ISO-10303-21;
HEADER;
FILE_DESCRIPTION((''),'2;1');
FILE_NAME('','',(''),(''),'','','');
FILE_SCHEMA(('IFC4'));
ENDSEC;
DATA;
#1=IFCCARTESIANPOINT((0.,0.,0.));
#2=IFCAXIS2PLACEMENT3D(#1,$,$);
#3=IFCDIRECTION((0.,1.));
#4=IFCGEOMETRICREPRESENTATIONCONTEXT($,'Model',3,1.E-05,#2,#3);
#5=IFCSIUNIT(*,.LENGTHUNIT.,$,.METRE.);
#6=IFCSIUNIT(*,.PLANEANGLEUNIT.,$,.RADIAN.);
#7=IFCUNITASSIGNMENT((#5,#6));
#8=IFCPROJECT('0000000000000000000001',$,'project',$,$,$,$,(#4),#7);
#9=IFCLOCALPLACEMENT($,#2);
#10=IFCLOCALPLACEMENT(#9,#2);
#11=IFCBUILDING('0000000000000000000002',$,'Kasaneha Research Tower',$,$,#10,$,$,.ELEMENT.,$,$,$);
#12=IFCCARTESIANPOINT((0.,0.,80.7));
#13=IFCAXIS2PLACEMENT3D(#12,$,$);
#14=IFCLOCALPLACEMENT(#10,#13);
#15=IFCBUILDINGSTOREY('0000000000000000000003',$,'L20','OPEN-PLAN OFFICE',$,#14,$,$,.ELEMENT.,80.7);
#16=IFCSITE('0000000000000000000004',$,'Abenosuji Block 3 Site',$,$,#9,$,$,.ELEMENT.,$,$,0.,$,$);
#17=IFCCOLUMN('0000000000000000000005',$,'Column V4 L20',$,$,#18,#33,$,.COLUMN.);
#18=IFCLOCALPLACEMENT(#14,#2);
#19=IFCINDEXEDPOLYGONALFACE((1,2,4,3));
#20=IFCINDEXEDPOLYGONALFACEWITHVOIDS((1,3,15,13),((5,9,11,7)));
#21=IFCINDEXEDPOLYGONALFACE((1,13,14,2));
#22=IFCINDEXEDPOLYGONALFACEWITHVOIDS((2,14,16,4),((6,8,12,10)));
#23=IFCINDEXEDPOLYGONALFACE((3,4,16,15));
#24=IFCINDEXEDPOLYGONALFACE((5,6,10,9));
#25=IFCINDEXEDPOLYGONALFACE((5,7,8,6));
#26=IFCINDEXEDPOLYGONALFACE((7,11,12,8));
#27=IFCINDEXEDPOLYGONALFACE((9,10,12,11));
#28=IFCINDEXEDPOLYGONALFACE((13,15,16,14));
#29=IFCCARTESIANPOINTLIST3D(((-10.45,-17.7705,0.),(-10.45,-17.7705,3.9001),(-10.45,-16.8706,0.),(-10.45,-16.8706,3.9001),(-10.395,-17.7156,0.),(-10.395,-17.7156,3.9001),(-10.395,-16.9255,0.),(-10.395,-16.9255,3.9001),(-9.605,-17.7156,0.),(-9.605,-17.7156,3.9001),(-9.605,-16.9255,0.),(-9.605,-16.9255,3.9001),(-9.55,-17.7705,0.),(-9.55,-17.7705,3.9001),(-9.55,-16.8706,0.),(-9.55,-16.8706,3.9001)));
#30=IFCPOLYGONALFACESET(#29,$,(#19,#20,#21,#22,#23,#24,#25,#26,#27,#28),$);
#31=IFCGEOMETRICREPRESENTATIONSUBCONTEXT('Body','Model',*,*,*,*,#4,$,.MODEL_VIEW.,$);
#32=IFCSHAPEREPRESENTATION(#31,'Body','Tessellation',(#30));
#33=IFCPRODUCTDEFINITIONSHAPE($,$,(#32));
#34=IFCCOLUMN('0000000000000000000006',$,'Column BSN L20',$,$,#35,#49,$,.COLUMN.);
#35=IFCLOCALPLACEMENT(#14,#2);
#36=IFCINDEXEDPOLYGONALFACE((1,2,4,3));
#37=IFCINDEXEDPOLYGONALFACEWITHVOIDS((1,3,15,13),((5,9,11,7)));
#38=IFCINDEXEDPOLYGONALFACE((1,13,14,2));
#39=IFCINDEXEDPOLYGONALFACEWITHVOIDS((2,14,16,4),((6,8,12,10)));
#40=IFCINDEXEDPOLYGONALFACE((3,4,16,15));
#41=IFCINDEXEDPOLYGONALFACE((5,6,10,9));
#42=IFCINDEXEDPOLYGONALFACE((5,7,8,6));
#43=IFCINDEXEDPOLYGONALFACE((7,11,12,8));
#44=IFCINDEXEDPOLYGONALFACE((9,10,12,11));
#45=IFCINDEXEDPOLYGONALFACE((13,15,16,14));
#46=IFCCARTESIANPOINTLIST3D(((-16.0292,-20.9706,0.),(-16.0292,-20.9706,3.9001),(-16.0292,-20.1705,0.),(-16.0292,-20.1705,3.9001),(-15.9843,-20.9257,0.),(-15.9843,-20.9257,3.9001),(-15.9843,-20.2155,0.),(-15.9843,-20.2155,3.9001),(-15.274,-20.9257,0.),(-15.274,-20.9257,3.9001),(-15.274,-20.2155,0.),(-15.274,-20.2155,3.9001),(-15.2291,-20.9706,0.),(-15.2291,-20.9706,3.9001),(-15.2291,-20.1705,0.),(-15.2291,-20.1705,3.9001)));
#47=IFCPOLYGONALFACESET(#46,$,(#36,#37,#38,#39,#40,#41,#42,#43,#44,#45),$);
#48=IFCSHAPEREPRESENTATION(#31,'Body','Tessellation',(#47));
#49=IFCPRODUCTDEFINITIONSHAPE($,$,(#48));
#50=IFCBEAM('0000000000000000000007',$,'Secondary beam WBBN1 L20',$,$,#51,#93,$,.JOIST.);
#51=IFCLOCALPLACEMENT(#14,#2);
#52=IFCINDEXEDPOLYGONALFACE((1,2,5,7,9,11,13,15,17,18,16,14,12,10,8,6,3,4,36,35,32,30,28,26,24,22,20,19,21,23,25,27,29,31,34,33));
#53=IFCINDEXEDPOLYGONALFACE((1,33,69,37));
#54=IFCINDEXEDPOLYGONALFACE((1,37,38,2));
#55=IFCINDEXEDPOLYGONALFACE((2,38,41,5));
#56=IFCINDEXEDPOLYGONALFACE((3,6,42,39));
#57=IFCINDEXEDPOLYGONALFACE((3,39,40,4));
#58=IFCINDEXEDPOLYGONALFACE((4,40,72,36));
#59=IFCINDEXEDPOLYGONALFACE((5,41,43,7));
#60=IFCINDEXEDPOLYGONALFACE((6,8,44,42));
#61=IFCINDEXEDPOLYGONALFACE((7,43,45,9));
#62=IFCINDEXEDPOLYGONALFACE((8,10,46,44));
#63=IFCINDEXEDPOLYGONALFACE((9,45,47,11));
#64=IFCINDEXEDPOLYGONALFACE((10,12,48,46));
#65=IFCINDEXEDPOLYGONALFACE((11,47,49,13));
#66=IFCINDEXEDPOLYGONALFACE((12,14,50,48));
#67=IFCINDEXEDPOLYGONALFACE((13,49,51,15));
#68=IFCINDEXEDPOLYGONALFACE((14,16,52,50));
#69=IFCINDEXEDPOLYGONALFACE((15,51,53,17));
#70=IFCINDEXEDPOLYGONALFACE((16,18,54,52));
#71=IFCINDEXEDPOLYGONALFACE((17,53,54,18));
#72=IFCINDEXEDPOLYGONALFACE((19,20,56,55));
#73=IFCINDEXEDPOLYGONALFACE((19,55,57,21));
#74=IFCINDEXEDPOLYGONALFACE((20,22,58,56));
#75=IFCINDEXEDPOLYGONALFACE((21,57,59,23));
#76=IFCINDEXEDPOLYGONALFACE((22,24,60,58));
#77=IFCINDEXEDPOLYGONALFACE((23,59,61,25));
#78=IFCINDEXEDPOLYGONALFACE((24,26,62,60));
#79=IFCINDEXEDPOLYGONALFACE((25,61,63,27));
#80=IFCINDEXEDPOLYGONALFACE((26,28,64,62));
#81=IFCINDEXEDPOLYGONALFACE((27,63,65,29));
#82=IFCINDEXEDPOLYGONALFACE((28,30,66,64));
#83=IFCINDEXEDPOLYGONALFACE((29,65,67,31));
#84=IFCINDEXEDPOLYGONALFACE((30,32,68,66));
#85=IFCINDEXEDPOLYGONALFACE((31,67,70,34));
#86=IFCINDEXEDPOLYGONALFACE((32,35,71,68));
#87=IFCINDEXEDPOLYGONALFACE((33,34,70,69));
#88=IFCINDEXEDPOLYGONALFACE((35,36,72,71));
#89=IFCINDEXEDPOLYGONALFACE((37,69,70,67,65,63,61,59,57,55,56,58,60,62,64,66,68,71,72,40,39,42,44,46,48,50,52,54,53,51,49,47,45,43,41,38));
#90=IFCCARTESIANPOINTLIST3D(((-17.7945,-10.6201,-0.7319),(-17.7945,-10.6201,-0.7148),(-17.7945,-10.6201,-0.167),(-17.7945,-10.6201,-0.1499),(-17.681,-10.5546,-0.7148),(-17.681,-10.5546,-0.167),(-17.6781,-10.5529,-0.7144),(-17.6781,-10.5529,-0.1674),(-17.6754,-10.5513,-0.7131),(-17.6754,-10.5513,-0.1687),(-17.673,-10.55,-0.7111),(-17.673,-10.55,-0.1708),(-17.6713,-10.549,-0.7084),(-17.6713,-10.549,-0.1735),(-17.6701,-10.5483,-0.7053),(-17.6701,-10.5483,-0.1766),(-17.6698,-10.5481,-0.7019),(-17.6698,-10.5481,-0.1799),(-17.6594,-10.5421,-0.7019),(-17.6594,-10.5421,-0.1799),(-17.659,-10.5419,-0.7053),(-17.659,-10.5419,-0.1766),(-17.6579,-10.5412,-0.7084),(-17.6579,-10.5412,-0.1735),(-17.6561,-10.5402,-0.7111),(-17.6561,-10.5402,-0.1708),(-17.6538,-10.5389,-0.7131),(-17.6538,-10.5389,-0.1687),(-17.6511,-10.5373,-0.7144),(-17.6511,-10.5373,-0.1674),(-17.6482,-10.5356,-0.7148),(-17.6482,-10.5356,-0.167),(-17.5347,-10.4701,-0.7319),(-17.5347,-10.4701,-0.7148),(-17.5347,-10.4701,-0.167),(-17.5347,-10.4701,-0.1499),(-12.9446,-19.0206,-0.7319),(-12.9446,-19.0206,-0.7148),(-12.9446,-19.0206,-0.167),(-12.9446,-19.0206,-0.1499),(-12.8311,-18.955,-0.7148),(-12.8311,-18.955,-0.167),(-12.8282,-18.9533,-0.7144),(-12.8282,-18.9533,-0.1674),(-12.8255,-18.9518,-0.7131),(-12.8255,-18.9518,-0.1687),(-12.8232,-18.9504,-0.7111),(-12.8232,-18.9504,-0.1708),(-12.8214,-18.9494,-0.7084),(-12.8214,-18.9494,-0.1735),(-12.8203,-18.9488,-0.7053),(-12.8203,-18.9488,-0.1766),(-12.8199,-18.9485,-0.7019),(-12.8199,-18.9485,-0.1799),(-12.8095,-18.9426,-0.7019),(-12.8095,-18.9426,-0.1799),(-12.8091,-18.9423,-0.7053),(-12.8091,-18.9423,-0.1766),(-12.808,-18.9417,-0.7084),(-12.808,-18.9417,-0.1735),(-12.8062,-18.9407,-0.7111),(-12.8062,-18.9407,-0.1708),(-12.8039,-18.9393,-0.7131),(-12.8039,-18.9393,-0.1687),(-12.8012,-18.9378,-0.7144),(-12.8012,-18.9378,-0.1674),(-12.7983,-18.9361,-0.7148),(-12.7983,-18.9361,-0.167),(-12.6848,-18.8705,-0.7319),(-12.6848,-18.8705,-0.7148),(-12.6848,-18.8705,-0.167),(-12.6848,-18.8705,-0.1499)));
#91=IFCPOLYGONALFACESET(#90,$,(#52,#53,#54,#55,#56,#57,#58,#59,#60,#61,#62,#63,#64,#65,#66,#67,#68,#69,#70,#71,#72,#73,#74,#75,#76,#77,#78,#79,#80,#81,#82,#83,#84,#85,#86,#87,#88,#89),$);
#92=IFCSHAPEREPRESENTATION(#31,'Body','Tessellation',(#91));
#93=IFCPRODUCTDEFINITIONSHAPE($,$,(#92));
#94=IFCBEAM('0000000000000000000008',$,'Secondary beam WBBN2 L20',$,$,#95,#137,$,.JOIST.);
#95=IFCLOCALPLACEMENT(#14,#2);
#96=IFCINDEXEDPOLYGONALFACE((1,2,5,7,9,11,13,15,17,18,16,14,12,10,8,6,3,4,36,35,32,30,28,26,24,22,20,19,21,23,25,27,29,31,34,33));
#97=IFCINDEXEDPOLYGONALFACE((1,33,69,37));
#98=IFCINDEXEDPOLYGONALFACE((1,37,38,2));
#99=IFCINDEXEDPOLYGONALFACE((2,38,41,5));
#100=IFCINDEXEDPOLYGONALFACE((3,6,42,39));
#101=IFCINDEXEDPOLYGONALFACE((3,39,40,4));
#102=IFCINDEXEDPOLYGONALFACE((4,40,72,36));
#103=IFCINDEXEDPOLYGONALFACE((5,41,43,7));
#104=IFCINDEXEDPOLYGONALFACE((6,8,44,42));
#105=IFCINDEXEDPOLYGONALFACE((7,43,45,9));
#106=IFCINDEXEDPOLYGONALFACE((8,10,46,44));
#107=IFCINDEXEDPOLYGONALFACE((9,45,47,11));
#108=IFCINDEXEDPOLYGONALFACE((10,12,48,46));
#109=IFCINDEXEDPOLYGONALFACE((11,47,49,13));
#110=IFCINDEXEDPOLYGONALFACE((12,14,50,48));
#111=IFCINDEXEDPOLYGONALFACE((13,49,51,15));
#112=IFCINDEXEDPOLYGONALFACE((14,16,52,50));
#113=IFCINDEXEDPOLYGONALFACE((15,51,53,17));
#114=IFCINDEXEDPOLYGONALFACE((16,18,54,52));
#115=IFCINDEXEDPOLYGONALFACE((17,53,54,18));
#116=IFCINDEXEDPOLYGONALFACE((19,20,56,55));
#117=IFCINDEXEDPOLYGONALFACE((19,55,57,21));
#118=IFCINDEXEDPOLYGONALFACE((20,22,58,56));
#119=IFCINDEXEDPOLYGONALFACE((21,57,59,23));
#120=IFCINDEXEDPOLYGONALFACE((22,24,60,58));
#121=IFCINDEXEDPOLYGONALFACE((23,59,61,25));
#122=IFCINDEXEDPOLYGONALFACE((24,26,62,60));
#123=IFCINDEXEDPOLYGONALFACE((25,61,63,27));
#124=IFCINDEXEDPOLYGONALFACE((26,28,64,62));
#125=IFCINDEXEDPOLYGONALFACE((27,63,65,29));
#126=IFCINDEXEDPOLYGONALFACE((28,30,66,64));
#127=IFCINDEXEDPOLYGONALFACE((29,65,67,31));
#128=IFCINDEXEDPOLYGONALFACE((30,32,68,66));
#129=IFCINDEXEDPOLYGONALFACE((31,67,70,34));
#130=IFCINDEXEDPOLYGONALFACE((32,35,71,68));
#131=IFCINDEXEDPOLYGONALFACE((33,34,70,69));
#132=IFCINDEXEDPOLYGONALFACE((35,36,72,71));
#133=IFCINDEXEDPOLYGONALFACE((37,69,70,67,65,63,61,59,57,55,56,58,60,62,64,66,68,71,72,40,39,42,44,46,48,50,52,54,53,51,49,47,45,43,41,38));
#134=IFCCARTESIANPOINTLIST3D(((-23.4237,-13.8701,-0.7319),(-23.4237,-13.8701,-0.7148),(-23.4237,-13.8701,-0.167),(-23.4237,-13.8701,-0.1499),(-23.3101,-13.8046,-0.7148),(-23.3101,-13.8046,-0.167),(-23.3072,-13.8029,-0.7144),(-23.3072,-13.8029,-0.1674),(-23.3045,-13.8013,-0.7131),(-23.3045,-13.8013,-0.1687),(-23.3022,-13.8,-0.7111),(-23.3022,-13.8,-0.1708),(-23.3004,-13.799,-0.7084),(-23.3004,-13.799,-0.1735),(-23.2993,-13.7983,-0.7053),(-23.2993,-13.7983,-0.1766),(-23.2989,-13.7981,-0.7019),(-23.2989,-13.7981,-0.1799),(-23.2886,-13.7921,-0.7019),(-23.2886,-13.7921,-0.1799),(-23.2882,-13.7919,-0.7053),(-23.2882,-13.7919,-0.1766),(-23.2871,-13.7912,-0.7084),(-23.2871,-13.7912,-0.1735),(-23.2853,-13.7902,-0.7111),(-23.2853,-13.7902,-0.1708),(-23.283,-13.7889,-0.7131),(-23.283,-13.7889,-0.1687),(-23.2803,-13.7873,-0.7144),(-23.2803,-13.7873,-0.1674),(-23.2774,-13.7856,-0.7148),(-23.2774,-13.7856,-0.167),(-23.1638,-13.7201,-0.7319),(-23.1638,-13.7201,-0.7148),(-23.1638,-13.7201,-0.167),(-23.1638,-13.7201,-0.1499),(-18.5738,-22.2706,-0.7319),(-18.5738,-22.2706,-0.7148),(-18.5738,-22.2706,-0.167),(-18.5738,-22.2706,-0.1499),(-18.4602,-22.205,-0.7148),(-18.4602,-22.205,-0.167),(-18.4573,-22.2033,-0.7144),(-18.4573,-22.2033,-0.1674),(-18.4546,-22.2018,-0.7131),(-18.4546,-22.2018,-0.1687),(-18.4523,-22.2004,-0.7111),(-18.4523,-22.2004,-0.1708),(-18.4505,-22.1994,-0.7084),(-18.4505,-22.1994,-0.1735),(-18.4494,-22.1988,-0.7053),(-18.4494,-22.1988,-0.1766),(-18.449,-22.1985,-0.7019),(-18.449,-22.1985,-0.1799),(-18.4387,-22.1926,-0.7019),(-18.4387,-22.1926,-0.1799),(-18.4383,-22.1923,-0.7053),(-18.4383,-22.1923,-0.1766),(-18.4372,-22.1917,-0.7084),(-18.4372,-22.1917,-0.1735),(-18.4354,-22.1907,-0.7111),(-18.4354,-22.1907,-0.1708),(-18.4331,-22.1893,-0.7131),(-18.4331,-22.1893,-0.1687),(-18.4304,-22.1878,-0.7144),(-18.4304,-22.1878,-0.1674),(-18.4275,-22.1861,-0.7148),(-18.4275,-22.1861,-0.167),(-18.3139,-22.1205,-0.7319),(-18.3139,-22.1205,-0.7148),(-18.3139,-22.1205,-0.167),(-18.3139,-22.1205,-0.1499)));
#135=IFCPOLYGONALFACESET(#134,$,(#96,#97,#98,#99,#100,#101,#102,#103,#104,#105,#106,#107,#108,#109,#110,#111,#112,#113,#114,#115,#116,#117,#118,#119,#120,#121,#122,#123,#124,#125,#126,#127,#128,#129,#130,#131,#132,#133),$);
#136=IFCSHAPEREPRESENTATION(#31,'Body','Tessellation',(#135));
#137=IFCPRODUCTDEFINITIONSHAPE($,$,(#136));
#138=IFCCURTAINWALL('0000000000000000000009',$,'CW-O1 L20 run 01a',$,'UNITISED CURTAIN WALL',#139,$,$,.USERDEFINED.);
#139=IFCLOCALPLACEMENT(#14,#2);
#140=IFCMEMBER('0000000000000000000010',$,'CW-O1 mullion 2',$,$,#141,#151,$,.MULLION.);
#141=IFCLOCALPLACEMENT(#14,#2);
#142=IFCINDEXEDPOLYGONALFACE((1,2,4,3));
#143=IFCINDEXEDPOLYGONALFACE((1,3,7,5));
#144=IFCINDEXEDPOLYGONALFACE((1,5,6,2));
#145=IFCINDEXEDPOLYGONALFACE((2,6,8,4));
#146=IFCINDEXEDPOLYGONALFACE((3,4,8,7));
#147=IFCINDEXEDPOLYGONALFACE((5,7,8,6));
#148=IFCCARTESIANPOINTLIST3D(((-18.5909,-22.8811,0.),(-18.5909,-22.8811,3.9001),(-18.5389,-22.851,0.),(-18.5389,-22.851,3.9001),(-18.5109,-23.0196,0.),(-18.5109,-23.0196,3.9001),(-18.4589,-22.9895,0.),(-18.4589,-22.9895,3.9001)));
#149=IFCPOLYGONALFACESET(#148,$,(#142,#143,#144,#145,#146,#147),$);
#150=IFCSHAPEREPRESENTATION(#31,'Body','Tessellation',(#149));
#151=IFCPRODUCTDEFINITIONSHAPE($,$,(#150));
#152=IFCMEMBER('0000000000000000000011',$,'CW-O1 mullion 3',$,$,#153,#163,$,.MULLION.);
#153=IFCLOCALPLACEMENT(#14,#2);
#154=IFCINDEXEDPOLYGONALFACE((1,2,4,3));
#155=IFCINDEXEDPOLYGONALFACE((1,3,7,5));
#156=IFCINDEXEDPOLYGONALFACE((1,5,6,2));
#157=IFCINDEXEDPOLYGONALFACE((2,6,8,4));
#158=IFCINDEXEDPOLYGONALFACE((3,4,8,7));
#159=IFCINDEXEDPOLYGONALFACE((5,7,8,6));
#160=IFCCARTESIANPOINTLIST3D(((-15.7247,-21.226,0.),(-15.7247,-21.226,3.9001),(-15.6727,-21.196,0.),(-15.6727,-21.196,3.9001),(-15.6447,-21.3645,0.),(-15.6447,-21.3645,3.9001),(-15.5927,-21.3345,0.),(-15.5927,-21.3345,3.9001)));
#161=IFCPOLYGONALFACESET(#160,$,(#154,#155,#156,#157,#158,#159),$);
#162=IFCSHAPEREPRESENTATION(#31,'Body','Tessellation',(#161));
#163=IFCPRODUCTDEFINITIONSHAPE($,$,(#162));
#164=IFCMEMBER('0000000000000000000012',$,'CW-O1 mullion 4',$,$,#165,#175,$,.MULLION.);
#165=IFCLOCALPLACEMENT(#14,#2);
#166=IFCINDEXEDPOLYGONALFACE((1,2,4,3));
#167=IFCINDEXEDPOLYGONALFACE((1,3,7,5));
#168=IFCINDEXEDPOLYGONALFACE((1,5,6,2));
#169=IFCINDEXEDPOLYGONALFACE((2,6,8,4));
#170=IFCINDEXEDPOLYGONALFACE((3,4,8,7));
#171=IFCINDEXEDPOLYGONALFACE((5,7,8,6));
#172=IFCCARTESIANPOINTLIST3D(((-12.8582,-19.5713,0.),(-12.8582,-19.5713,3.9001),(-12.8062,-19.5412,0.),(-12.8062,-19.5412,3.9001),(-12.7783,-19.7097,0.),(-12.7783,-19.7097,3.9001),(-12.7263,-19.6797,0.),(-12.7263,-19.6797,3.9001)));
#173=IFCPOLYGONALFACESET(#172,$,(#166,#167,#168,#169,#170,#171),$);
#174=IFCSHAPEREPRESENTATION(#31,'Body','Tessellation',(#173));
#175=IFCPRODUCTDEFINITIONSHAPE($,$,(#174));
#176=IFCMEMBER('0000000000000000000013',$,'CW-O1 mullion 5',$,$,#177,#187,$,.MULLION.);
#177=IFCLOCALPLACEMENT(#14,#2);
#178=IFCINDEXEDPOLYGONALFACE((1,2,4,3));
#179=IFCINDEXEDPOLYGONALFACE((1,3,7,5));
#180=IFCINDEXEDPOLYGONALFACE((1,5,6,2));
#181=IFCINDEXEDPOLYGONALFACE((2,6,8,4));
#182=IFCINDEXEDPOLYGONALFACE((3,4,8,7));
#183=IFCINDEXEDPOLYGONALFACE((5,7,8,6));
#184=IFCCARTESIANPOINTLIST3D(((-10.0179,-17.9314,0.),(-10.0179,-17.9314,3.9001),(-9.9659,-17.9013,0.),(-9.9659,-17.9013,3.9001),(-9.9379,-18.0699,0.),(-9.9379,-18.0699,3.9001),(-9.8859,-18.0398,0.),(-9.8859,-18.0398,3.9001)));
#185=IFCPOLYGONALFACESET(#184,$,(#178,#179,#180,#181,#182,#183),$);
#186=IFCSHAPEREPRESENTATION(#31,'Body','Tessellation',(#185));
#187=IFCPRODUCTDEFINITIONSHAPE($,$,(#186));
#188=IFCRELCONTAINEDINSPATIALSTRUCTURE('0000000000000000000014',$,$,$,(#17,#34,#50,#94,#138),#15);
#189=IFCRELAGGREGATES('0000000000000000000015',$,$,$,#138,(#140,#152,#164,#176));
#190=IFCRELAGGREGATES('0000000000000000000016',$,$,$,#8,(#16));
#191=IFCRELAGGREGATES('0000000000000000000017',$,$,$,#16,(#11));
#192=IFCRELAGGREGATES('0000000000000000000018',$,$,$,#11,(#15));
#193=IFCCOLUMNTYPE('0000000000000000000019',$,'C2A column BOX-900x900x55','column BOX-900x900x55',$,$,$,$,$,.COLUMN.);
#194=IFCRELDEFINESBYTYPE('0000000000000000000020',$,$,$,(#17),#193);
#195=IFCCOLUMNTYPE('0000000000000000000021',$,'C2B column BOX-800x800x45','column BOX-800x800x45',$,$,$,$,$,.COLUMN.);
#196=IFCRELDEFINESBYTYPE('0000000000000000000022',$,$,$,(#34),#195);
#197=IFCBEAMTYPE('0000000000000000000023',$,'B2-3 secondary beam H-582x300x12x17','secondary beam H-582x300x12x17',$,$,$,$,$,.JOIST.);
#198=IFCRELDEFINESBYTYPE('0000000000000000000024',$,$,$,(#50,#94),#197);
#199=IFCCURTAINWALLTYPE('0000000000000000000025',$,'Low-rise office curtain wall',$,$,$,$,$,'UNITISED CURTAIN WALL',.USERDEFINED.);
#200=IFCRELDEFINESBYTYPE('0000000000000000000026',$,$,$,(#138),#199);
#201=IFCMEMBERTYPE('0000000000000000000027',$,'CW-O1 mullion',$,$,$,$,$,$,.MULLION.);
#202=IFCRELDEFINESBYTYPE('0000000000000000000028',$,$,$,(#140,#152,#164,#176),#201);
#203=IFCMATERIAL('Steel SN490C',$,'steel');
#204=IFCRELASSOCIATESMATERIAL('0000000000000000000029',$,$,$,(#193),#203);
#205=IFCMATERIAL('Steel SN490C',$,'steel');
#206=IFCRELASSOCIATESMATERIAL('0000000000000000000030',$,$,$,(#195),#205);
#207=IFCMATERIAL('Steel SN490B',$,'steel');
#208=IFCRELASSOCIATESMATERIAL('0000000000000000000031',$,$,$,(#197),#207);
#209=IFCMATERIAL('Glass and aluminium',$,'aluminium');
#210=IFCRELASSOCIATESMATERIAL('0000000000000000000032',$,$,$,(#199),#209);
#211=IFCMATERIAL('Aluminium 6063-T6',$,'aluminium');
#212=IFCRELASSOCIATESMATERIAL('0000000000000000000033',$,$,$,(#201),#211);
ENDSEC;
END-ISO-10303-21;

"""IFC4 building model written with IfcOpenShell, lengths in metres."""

from ifc_helpers import new_model, si_unit, direction, frame, origin, origin_2d, place, context, subcontext, project, spatial, rectangle, hollow_rectangle, i_section, extrude, material, material_profile, profile_set, type_object, element, aggregate, save


model = new_model("IFC4")

# Units and contexts
model_context = context("Model", 3, precision=1e-05, world=origin(), true_north=direction((0.0, 1.0)))
body_context = subcontext(model_context, "Body", "Model", "MODEL_VIEW")
ifc_project = project(units=[si_unit("LENGTHUNIT", "METRE"), si_unit("PLANEANGLEUNIT", "RADIAN")], contexts=[model_context])

# Site, building, storey
site_placement = place(None, origin())
site = spatial("IfcSite", under=ifc_project, at=site_placement, Name="Abenosuji Block 3 Site", CompositionType="ELEMENT", RefElevation=0.0)
building_placement = place(site_placement, origin())
building = spatial("IfcBuilding", under=site, at=building_placement, Name="Kasaneha Research Tower", CompositionType="ELEMENT")
storey_placement = place(building_placement, frame((0.0, 0.0, 80.7)))
storey = spatial("IfcBuildingStorey", under=building, at=storey_placement, Name="L20", Description="OPEN-PLAN OFFICE", CompositionType="ELEMENT", Elevation=80.7)

# Columns
ifc_material_1 = material(Name="Steel SN490C", Category="steel")
ifc_material_profile_1 = material_profile(ifc_material_1, hollow_rectangle(XDim=0.8999, YDim=0.8999, WallThickness=0.0549, at=origin_2d()), Name="BOX-900x900x55")
ifc_profile_set_1 = profile_set([ifc_material_profile_1], Name="Steel SN490C")
column_type_1 = type_object("IfcColumnType", Name="C2A column BOX-900x900x55", Description="column BOX-900x900x55", PredefinedType="COLUMN", material=ifc_profile_set_1)
column_1_placement = place(storey_placement, frame((-10.0, -17.3206, 0.0), z_axis=(0.0, 0.0, 1.0), x_axis=(1.0, 0.0, 0.0)))
element("IfcColumn", 1, at=column_1_placement, inside=storey, type_object=column_type_1, Name="Column V4 L20", PredefinedType="COLUMN", context=body_context, shape_type="SweptSolid", body=[
    extrude(hollow_rectangle(XDim=0.8999, YDim=0.8999, WallThickness=0.0549, at=origin_2d()), origin(), (0.0, 0.0, 1.0), 3.9001),
])
ifc_material_2 = material(Name="Steel SN490C", Category="steel")
ifc_material_profile_2 = material_profile(ifc_material_2, hollow_rectangle(XDim=0.8, YDim=0.8, WallThickness=0.0449, at=origin_2d()), Name="BOX-800x800x45")
ifc_profile_set_2 = profile_set([ifc_material_profile_2], Name="Steel SN490C")
column_type_2 = type_object("IfcColumnType", Name="C2B column BOX-800x800x45", Description="column BOX-800x800x45", PredefinedType="COLUMN", material=ifc_profile_set_2)
column_2_placement = place(storey_placement, frame((-15.6292, -20.5706, 0.0), z_axis=(0.0, 0.0, 1.0), x_axis=(1.0, 0.0, 0.0)))
element("IfcColumn", 2, at=column_2_placement, inside=storey, type_object=column_type_2, Name="Column BSN L20", PredefinedType="COLUMN", context=body_context, shape_type="SweptSolid", body=[
    extrude(hollow_rectangle(XDim=0.8, YDim=0.8, WallThickness=0.0449, at=origin_2d()), origin(), (0.0, 0.0, 1.0), 3.9001),
])

# Beams
ifc_material_3 = material(Name="Steel SN490B", Category="steel")
ifc_material_profile_3 = material_profile(ifc_material_3, i_section(OverallWidth=0.3, OverallDepth=0.582, WebThickness=0.012, FlangeThickness=0.0171, FilletRadius=0.0129, at=origin_2d()), Name="H-582x300x12x17")
ifc_profile_set_3 = profile_set([ifc_material_profile_3], Name="Steel SN490B")
beam_type_1 = type_object("IfcBeamType", Name="B2-3 secondary beam H-582x300x12x17", Description="secondary beam H-582x300x12x17", PredefinedType="JOIST", material=ifc_profile_set_3)
for number, where, z_axis, x_axis, name in (
    (3, (-12.8147, -18.9456, -0.4409), (-0.499991, 0.866031, 0.0), (-0.866031, -0.499991, 0.0), "Secondary beam WBBN1 L20"),
    (4, (-18.4438, -22.1956, -0.4409), (-0.499991, 0.866031, 0.0), (-0.866031, -0.499991, 0.0), "Secondary beam WBBN2 L20"),
):
    element("IfcBeam", number, at=place(storey_placement, frame(where, z_axis=z_axis, x_axis=x_axis)), inside=storey, type_object=beam_type_1, Name=name, PredefinedType="JOIST", context=body_context, shape_type="SweptSolid", body=[
        extrude(i_section(OverallWidth=0.3, OverallDepth=0.582, WebThickness=0.012, FlangeThickness=0.0171, FilletRadius=0.0129, at=origin_2d()), origin(), (0.0, 0.0, 1.0), 9.7),
    ])

# Curtain wall, members
ifc_material_4 = material(Name="Glass and aluminium", Category="aluminium")
curtain_wall_type = type_object("IfcCurtainWallType", Name="Low-rise office curtain wall", ElementType="UNITISED CURTAIN WALL", PredefinedType="USERDEFINED", material=ifc_material_4)
curtain_wall_1_placement = place(storey_placement, origin())
curtain_wall_1 = element("IfcCurtainWall", 5, at=curtain_wall_1_placement, inside=storey, type_object=curtain_wall_type, Name="CW-O1 L20 run 01a", ObjectType="UNITISED CURTAIN WALL", PredefinedType="USERDEFINED")
ifc_material_5 = material(Name="Aluminium 6063-T6", Category="aluminium")
ifc_material_profile_4 = material_profile(ifc_material_5, rectangle(XDim=0.0601, YDim=0.1599, at=origin_2d()), Name="CW-O1 mullion 60x160")
ifc_profile_set_4 = profile_set([ifc_material_profile_4], Name="Aluminium 6063-T6")
member_type_1 = type_object("IfcMemberType", Name="CW-O1 mullion", PredefinedType="MULLION", material=ifc_profile_set_4)
member_1_placement = place(storey_placement, frame((-18.5249, -22.9353, 0.0), z_axis=(0.0, 0.0, 1.0), x_axis=(0.866025, 0.5, 0.0)))
member_1 = element("IfcMember", 6, at=member_1_placement, type_object=member_type_1, Name="CW-O1 mullion 2", PredefinedType="MULLION", context=body_context, shape_type="SweptSolid", body=[
    extrude(rectangle(XDim=0.0601, YDim=0.1599, at=origin_2d()), origin(), (0.0, 0.0, 1.0), 3.9001),
])
member_2_placement = place(storey_placement, frame((-15.6587, -21.2803, 0.0), z_axis=(0.0, 0.0, 1.0), x_axis=(0.866025, 0.5, 0.0)))
member_2 = element("IfcMember", 7, at=member_2_placement, type_object=member_type_1, Name="CW-O1 mullion 3", PredefinedType="MULLION", context=body_context, shape_type="SweptSolid", body=[
    extrude(rectangle(XDim=0.0601, YDim=0.1599, at=origin_2d()), origin(), (0.0, 0.0, 1.0), 3.9001),
])
member_3_placement = place(storey_placement, frame((-12.7922, -19.6255, 0.0), z_axis=(0.0, 0.0, 1.0), x_axis=(0.866025, 0.5, 0.0)))
member_3 = element("IfcMember", 8, at=member_3_placement, type_object=member_type_1, Name="CW-O1 mullion 4", PredefinedType="MULLION", context=body_context, shape_type="SweptSolid", body=[
    extrude(rectangle(XDim=0.0601, YDim=0.1599, at=origin_2d()), origin(), (0.0, 0.0, 1.0), 3.9001),
])
member_4_placement = place(storey_placement, frame((-9.9519, -17.9856, 0.0), z_axis=(0.0, 0.0, 1.0), x_axis=(0.866025, 0.5, 0.0)))
member_4 = element("IfcMember", 9, at=member_4_placement, type_object=member_type_1, Name="CW-O1 mullion 5", PredefinedType="MULLION", context=body_context, shape_type="SweptSolid", body=[
    extrude(rectangle(XDim=0.0601, YDim=0.1599, at=origin_2d()), origin(), (0.0, 0.0, 1.0), 3.9001),
])

aggregate(curtain_wall_1, [member_1, member_2, member_3, member_4])

save(model, "model.ifc")
